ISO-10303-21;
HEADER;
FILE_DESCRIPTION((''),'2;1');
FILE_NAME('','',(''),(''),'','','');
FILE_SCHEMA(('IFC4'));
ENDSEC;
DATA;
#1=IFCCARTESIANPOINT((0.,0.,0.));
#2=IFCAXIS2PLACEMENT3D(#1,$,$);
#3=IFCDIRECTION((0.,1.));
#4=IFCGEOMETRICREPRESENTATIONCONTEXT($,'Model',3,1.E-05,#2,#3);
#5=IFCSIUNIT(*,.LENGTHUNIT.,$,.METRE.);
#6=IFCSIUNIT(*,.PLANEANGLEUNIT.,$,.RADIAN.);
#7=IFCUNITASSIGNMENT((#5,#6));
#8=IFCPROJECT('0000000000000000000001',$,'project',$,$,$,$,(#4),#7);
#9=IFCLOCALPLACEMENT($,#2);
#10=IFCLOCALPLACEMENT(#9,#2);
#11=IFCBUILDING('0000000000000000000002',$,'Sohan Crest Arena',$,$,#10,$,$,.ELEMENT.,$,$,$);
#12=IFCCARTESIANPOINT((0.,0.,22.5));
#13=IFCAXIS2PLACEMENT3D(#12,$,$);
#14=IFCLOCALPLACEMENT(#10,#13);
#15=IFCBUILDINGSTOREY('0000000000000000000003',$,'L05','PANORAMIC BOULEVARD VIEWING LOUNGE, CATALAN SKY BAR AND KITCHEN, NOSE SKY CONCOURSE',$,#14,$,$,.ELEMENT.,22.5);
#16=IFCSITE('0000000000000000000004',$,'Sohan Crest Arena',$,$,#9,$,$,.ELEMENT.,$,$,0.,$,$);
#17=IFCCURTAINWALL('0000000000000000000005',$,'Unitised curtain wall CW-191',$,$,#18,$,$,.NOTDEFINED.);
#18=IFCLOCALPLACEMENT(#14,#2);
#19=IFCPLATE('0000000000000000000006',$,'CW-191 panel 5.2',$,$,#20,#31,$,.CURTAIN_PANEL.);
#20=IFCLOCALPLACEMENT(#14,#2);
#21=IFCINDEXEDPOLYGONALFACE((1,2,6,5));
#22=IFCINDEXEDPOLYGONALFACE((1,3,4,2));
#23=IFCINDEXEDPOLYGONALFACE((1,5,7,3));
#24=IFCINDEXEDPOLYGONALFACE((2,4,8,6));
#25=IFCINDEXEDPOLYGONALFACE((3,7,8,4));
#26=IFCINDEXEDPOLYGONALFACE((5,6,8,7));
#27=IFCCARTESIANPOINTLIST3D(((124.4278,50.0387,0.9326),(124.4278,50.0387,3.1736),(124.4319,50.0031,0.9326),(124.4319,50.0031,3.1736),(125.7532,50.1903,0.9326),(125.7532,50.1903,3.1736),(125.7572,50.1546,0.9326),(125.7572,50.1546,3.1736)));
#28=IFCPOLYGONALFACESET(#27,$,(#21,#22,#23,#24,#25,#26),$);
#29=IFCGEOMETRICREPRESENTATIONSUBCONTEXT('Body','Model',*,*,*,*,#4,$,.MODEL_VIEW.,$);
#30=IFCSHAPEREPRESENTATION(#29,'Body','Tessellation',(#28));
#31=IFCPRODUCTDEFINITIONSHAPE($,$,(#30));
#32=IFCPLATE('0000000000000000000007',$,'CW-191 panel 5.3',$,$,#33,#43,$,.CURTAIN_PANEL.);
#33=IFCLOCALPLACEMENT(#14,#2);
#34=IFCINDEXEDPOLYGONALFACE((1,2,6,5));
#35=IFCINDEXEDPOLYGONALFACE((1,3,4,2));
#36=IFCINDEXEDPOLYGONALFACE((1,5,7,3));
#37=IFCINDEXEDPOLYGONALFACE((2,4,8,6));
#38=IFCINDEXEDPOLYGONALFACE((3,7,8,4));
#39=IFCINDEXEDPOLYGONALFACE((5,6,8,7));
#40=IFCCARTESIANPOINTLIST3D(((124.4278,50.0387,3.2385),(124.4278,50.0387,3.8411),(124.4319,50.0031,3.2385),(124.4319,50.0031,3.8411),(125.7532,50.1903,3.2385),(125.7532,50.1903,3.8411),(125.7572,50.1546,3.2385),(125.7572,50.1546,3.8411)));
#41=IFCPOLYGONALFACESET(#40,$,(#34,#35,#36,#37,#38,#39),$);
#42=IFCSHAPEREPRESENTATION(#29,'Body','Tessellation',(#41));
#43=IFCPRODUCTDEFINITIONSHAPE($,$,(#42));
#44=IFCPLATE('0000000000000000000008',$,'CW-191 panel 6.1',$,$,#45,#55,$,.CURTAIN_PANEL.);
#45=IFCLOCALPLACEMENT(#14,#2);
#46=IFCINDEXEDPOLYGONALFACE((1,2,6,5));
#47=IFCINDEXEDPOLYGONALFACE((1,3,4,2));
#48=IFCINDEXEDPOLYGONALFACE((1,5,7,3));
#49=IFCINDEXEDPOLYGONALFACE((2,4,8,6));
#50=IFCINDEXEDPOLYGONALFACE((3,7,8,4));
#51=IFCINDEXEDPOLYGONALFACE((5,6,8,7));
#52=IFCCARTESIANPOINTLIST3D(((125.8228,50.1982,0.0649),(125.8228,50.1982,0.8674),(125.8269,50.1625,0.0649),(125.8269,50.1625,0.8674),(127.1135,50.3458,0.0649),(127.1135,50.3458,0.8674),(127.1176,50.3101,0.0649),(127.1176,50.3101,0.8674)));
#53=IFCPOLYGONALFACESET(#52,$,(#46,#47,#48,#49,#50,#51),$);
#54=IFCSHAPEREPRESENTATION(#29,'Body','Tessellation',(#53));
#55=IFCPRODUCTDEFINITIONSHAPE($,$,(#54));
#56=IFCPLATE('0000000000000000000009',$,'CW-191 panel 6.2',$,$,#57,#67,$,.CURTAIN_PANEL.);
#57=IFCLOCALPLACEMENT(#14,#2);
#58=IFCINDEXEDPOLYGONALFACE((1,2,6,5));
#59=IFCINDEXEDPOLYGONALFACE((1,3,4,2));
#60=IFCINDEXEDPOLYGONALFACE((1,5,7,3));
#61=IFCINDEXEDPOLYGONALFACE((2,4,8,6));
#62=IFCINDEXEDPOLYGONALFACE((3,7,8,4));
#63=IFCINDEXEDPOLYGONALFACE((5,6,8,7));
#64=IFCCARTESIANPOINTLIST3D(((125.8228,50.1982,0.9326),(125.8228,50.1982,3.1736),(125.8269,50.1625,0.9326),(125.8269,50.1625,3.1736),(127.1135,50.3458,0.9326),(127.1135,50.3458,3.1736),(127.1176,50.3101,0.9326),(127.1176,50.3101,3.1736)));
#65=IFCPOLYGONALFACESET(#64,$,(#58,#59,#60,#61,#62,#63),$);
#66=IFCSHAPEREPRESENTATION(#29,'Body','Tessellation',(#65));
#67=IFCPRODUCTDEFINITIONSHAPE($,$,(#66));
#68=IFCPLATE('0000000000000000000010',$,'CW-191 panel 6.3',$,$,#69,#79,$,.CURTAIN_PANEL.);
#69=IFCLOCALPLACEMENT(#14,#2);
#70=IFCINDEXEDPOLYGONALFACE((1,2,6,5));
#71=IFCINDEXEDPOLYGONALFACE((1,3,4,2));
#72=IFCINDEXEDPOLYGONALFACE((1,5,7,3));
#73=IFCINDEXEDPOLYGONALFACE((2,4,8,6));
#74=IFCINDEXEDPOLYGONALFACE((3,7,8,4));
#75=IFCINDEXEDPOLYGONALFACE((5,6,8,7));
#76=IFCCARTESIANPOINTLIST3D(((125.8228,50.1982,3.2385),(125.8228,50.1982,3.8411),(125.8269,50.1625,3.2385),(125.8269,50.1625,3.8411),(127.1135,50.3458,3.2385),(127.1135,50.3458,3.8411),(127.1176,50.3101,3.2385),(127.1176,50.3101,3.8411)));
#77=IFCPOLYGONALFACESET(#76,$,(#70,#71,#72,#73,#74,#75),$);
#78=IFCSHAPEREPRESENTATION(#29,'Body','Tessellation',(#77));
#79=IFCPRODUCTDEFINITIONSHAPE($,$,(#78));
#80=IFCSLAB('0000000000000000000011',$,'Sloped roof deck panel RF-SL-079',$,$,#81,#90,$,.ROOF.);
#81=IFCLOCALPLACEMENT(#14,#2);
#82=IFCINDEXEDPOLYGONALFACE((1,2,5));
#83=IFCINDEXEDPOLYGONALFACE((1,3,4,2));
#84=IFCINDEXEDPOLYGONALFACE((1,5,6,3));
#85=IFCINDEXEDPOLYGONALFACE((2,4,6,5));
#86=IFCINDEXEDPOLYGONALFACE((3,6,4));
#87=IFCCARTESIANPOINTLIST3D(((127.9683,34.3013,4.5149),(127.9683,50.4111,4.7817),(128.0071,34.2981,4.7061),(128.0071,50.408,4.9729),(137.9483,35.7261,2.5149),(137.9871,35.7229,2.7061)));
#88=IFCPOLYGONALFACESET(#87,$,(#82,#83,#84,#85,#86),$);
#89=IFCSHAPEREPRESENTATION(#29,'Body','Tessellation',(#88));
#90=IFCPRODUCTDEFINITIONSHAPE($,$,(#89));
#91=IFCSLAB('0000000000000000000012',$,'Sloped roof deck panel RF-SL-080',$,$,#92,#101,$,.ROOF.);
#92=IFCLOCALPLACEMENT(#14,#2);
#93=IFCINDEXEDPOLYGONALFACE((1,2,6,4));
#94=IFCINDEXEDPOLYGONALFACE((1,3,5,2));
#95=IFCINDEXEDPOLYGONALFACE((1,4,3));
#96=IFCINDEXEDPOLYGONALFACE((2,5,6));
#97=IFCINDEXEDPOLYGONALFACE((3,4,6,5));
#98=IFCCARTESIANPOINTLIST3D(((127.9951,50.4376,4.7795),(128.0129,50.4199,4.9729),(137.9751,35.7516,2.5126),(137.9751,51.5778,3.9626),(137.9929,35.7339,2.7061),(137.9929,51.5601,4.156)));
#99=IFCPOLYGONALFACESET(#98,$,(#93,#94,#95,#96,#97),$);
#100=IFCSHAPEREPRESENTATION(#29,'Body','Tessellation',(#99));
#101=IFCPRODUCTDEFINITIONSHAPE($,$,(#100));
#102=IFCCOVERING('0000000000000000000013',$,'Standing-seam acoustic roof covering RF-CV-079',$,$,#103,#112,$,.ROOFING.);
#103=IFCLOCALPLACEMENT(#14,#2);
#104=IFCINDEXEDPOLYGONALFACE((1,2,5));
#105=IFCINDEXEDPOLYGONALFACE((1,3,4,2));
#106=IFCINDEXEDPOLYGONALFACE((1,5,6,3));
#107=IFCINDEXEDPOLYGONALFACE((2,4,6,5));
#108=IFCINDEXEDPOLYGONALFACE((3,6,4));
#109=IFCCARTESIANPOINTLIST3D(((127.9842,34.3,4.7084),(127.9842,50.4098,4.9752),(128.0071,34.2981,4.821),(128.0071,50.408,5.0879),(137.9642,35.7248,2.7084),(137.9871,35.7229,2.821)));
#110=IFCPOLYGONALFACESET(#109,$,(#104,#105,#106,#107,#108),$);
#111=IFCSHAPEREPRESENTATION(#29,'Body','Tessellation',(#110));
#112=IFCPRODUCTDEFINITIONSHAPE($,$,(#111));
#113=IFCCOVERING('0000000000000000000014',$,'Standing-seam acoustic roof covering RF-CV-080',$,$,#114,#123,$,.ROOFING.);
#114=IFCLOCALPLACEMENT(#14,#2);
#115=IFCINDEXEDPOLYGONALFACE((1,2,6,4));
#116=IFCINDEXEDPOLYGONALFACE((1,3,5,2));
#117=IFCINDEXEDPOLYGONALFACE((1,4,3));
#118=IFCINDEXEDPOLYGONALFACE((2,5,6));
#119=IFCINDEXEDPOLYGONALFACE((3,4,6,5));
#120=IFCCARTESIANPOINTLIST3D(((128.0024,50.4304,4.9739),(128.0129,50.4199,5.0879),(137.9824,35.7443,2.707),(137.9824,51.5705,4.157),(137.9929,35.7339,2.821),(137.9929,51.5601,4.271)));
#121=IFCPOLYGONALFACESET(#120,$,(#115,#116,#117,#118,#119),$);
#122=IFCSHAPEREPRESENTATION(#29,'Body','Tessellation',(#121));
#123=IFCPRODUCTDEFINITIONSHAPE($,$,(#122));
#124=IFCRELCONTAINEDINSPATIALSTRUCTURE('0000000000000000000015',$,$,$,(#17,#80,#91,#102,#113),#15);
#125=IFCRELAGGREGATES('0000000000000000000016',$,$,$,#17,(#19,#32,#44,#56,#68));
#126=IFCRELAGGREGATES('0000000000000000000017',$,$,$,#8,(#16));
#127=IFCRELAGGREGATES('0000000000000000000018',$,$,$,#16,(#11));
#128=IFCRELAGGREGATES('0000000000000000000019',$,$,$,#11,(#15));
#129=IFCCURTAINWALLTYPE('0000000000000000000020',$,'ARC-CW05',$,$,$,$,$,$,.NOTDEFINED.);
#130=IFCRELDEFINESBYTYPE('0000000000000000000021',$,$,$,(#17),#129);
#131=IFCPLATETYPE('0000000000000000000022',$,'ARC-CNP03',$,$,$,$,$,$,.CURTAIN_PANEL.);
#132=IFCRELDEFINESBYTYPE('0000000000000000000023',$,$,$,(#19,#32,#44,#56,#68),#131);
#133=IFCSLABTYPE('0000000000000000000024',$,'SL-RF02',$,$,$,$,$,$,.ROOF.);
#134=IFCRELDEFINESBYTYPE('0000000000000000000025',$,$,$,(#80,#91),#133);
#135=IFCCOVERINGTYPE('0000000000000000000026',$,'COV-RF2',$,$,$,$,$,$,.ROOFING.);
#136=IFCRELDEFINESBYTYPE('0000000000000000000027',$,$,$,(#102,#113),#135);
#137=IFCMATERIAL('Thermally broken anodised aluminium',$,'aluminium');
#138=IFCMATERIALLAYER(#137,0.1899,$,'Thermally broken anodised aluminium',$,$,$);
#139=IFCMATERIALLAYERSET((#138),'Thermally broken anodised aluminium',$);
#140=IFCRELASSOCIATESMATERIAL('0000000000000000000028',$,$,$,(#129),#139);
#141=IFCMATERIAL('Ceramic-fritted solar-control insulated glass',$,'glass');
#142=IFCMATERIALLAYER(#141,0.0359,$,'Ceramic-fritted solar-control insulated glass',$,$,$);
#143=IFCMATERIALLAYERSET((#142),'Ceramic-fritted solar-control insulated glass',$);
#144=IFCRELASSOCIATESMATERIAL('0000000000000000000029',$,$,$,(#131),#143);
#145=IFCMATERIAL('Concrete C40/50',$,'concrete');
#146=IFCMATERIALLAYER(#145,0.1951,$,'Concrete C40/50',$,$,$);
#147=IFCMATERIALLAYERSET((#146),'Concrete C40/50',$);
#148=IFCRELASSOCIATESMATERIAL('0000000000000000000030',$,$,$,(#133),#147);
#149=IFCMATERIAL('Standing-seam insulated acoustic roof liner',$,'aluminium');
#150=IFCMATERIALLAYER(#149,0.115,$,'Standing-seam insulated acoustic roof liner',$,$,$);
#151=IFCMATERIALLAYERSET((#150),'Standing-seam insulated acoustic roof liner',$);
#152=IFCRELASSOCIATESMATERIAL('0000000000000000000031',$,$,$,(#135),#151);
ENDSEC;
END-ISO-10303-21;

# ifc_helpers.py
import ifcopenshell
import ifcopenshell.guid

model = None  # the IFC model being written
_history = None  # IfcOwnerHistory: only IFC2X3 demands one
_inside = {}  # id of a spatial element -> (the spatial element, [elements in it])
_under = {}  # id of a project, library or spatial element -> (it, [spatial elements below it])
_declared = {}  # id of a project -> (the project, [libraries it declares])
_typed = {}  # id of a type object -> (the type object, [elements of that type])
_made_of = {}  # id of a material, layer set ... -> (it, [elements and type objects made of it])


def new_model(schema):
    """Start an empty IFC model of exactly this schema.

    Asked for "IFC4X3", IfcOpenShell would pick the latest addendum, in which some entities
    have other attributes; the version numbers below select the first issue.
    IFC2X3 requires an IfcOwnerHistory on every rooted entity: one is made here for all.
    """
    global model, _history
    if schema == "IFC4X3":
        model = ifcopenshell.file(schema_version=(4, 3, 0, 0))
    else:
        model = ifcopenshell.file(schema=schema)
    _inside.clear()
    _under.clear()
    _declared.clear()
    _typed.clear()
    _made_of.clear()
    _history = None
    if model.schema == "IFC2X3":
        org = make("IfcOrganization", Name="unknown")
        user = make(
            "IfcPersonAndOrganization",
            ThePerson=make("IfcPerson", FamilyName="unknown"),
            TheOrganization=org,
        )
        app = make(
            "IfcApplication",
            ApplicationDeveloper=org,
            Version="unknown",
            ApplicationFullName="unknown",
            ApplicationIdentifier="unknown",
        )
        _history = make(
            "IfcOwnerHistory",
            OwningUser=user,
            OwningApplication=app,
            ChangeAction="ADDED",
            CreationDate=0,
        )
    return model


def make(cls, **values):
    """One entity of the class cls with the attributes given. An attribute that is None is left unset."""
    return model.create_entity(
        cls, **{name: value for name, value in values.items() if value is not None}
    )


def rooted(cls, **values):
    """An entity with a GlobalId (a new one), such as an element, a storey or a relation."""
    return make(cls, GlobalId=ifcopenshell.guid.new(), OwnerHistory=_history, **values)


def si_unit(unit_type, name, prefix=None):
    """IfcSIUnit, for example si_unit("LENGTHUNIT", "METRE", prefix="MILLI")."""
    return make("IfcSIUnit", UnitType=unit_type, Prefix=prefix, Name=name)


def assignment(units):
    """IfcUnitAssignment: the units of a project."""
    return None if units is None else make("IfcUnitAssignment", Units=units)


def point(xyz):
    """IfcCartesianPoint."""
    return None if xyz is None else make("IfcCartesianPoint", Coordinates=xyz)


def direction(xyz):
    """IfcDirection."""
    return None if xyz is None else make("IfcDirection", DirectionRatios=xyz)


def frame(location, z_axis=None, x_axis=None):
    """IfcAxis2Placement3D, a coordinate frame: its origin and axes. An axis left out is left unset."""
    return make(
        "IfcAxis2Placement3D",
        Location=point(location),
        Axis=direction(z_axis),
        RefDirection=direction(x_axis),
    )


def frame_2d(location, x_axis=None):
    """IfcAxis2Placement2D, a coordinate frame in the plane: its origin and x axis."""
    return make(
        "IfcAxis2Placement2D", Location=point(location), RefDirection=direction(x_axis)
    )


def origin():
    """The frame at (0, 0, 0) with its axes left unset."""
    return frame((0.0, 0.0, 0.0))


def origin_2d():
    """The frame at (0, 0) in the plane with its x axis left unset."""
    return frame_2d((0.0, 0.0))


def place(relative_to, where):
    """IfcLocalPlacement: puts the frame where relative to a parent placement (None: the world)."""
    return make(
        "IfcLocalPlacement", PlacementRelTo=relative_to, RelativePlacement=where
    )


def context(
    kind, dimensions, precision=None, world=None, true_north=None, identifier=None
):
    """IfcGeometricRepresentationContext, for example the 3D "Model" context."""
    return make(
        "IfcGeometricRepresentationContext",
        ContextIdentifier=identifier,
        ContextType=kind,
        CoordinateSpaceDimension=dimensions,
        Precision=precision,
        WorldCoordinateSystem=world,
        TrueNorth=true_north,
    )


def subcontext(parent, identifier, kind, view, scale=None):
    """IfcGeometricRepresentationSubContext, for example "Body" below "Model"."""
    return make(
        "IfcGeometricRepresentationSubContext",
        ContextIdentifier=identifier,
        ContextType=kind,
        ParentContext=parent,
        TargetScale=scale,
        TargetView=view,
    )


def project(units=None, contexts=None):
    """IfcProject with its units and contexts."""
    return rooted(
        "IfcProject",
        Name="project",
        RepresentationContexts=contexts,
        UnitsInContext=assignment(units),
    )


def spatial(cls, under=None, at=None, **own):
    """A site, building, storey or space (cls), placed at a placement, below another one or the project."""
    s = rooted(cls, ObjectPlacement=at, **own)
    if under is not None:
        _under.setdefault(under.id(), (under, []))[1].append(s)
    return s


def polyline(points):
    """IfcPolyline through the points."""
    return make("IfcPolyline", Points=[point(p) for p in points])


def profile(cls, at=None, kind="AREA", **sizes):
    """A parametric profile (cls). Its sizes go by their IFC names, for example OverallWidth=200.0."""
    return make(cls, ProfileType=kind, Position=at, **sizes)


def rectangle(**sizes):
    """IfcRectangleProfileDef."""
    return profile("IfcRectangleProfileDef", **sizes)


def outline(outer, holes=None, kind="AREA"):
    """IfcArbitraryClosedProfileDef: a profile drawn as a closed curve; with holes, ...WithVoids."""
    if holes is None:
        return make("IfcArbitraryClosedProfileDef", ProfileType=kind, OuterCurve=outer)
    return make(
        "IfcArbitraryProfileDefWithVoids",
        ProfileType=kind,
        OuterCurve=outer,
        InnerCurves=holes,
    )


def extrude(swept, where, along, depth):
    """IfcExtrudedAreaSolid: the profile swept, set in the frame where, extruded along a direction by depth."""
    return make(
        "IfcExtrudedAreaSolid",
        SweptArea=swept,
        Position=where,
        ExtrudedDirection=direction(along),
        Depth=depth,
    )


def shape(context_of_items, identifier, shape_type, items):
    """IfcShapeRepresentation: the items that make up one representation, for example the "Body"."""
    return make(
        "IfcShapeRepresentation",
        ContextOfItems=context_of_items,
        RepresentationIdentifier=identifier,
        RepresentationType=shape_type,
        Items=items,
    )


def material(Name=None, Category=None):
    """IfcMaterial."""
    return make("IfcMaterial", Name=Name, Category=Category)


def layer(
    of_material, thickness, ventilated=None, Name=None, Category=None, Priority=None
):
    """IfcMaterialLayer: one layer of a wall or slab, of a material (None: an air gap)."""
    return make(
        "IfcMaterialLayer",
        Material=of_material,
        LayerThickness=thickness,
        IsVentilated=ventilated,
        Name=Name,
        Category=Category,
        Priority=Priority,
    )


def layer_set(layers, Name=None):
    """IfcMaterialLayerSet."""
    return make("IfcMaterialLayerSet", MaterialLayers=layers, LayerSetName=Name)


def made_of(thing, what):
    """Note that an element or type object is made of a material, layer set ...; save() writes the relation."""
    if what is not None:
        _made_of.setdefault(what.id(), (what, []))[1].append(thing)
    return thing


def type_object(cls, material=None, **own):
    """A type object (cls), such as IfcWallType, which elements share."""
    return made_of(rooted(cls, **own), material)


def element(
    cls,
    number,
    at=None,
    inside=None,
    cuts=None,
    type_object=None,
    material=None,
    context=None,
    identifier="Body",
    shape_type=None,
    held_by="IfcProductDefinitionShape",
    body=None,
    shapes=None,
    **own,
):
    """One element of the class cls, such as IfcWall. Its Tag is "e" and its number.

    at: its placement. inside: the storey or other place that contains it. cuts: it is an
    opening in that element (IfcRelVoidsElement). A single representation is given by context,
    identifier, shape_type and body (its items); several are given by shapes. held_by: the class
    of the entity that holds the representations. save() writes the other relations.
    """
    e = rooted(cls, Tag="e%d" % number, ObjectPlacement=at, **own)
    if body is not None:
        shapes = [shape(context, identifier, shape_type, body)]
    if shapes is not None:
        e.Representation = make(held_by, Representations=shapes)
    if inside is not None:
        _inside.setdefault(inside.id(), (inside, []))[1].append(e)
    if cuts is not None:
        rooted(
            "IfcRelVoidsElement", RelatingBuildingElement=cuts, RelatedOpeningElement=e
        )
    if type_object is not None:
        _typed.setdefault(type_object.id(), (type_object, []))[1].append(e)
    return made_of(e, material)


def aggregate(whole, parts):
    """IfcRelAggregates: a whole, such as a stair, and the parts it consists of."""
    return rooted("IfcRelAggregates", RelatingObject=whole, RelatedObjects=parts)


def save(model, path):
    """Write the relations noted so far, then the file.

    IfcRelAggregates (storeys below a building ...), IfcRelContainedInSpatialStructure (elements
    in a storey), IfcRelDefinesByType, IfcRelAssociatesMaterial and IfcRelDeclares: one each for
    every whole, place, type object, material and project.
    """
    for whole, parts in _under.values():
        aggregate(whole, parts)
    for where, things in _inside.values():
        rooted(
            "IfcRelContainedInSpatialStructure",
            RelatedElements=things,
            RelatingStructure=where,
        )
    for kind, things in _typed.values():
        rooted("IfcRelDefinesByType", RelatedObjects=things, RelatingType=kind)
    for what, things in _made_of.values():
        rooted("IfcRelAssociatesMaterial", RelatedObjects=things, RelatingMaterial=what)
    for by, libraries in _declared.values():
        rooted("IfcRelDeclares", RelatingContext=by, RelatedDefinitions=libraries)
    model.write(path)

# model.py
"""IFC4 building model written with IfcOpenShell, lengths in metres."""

from ifc_helpers import new_model, si_unit, direction, frame, origin, origin_2d, place, context, subcontext, project, spatial, polyline, rectangle, outline, extrude, material, layer, layer_set, type_object, element, aggregate, save


model = new_model("IFC4")

# Units and contexts
model_context = context("Model", 3, precision=1e-05, world=origin(), true_north=direction((0.0, 1.0)))
body_context = subcontext(model_context, "Body", "Model", "MODEL_VIEW")
ifc_project = project(units=[si_unit("LENGTHUNIT", "METRE"), si_unit("PLANEANGLEUNIT", "RADIAN")], contexts=[model_context])

# Site, building, storey
site_placement = place(None, origin())
site = spatial("IfcSite", under=ifc_project, at=site_placement, Name="Sohan Crest Arena", CompositionType="ELEMENT", RefElevation=0.0)
building_placement = place(site_placement, origin())
building = spatial("IfcBuilding", under=site, at=building_placement, Name="Sohan Crest Arena", CompositionType="ELEMENT")
storey_placement = place(building_placement, frame((0.0, 0.0, 22.5)))
storey = spatial("IfcBuildingStorey", under=building, at=storey_placement, Name="L05", Description="PANORAMIC BOULEVARD VIEWING LOUNGE, CATALAN SKY BAR AND KITCHEN, NOSE SKY CONCOURSE", CompositionType="ELEMENT", Elevation=22.5)

# Shared definitions
ifc_material_1 = material(Name="Concrete C40/50", Category="concrete")

# Curtain wall
ifc_material_2 = material(Name="Thermally broken anodised aluminium", Category="aluminium")
ifc_layer_1 = layer(ifc_material_2, 0.1899, Name="Thermally broken anodised aluminium")
ifc_layer_set_1 = layer_set([ifc_layer_1], Name="Thermally broken anodised aluminium")
curtain_wall_type = type_object("IfcCurtainWallType", Name="ARC-CW05", PredefinedType="NOTDEFINED", material=ifc_layer_set_1)
curtain_wall_1_placement = place(storey_placement, origin())
curtain_wall_1 = element("IfcCurtainWall", 1, at=curtain_wall_1_placement, inside=storey, type_object=curtain_wall_type, Name="Unitised curtain wall CW-191", PredefinedType="NOTDEFINED")

# Plates
ifc_material_3 = material(Name="Ceramic-fritted solar-control insulated glass", Category="glass")
ifc_layer_2 = layer(ifc_material_3, 0.0359, Name="Ceramic-fritted solar-control insulated glass")
ifc_layer_set_2 = layer_set([ifc_layer_2], Name="Ceramic-fritted solar-control insulated glass")
plate_type = type_object("IfcPlateType", Name="ARC-CNP03", PredefinedType="CURTAIN_PANEL", material=ifc_layer_set_2)
plate_1_placement = place(storey_placement, frame((125.0925, 50.0967, 0.9326), z_axis=(0.0, 0.0, 1.0), x_axis=(0.993527, 0.113597, 0.0)))
plate_1 = element("IfcPlate", 2, at=plate_1_placement, type_object=plate_type, Name="CW-191 panel 5.2", PredefinedType="CURTAIN_PANEL", context=body_context, shape_type="SweptSolid", body=[
    extrude(rectangle(XDim=1.334, YDim=0.0359, at=origin_2d()), origin(), (0.0, 0.0, 1.0), 2.241),
])
plate_2_placement = place(storey_placement, frame((125.0925, 50.0967, 3.2385), z_axis=(0.0, 0.0, 1.0), x_axis=(0.993527, 0.113597, 0.0)))
plate_2 = element("IfcPlate", 3, at=plate_2_placement, type_object=plate_type, Name="CW-191 panel 5.3", PredefinedType="CURTAIN_PANEL", context=body_context, shape_type="SweptSolid", body=[
    extrude(rectangle(XDim=1.334, YDim=0.0359, at=origin_2d()), origin(), (0.0, 0.0, 1.0), 0.6025),
])
plate_3_placement = place(storey_placement, frame((126.4702, 50.2542, 0.0649), z_axis=(0.0, 0.0, 1.0), x_axis=(0.993527, 0.113597, 0.0)))
plate_3 = element("IfcPlate", 4, at=plate_3_placement, type_object=plate_type, Name="CW-191 panel 6.1", PredefinedType="CURTAIN_PANEL", context=body_context, shape_type="SweptSolid", body=[
    extrude(rectangle(XDim=1.2991, YDim=0.0359, at=origin_2d()), origin(), (0.0, 0.0, 1.0), 0.8025),
])
plate_4_placement = place(storey_placement, frame((126.4702, 50.2542, 0.9326), z_axis=(0.0, 0.0, 1.0), x_axis=(0.993527, 0.113597, 0.0)))
plate_4 = element("IfcPlate", 5, at=plate_4_placement, type_object=plate_type, Name="CW-191 panel 6.2", PredefinedType="CURTAIN_PANEL", context=body_context, shape_type="SweptSolid", body=[
    extrude(rectangle(XDim=1.2991, YDim=0.0359, at=origin_2d()), origin(), (0.0, 0.0, 1.0), 2.241),
])
plate_5_placement = place(storey_placement, frame((126.4702, 50.2542, 3.2385), z_axis=(0.0, 0.0, 1.0), x_axis=(0.993527, 0.113597, 0.0)))
plate_5 = element("IfcPlate", 6, at=plate_5_placement, type_object=plate_type, Name="CW-191 panel 6.3", PredefinedType="CURTAIN_PANEL", context=body_context, shape_type="SweptSolid", body=[
    extrude(rectangle(XDim=1.2991, YDim=0.0359, at=origin_2d()), origin(), (0.0, 0.0, 1.0), 0.6025),
])
aggregate(curtain_wall_1, [plate_1, plate_2, plate_3, plate_4, plate_5])

# Slabs
ifc_layer_3 = layer(ifc_material_1, 0.1951, Name="Concrete C40/50")
ifc_layer_set_3 = layer_set([ifc_layer_3], Name="Concrete C40/50")
slab_type = type_object("IfcSlabType", Name="SL-RF02", PredefinedType="ROOF", material=ifc_layer_set_3)
slab_1_placement = place(storey_placement, frame((128.0071, 50.408, 4.9729), z_axis=(0.198696, -0.016232, 0.979927), x_axis=(0.0, -0.999863, -0.016562)))
element("IfcSlab", 7, at=slab_1_placement, inside=storey, type_object=slab_type, Name="Sloped roof deck panel RF-SL-079", PredefinedType="ROOF", context=body_context, shape_type="SweptSolid", body=[
    extrude(outline(polyline([(0.0, 0.0), (16.1121, 0.0), (14.7206, 10.183), (0.0, 0.0)])), origin(), (0.0, 0.0, -1.0), 0.1951),
])
slab_2_placement = place(storey_placement, frame((128.0129, 50.4199, 4.9729), z_axis=(0.091549, -0.090852, 0.991647), x_axis=(0.557534, -0.820438, -0.126638)))
element("IfcSlab", 8, at=slab_2_placement, inside=storey, type_object=slab_type, Name="Sloped roof deck panel RF-SL-080", PredefinedType="ROOF", context=body_context, shape_type="SweptSolid", body=[
    extrude(outline(polyline([(0.0, 0.0), (17.9002, 0.0), (4.7322, 8.8979), (0.0, 0.0)])), origin(), (0.0, 0.0, -1.0), 0.1951),
])

# Coverings
ifc_material_4 = material(Name="Standing-seam insulated acoustic roof liner", Category="aluminium")
ifc_layer_4 = layer(ifc_material_4, 0.115, Name="Standing-seam insulated acoustic roof liner")
ifc_layer_set_4 = layer_set([ifc_layer_4], Name="Standing-seam insulated acoustic roof liner")
covering_type = type_object("IfcCoveringType", Name="COV-RF2", PredefinedType="ROOFING", material=ifc_layer_set_4)
covering_1_placement = place(storey_placement, frame((128.0071, 50.408, 5.0879), z_axis=(0.198696, -0.016232, 0.979927), x_axis=(0.0, -0.999863, -0.016562)))
element("IfcCovering", 9, at=covering_1_placement, inside=storey, type_object=covering_type, Name="Standing-seam acoustic roof covering RF-CV-079", PredefinedType="ROOFING", context=body_context, shape_type="SweptSolid", body=[
    extrude(outline(polyline([(0.0, 0.0), (16.1121, 0.0), (14.7206, 10.183), (0.0, 0.0)])), origin(), (0.0, 0.0, -1.0), 0.115),
])
covering_2_placement = place(storey_placement, frame((128.0129, 50.4199, 5.0879), z_axis=(0.091549, -0.090852, 0.991647), x_axis=(0.557534, -0.820438, -0.126638)))
element("IfcCovering", 10, at=covering_2_placement, inside=storey, type_object=covering_type, Name="Standing-seam acoustic roof covering RF-CV-080", PredefinedType="ROOFING", context=body_context, shape_type="SweptSolid", body=[
    extrude(outline(polyline([(0.0, 0.0), (17.9002, 0.0), (4.7322, 8.8979), (0.0, 0.0)])), origin(), (0.0, 0.0, -1.0), 0.115),
])

save(model, "model.ifc")
